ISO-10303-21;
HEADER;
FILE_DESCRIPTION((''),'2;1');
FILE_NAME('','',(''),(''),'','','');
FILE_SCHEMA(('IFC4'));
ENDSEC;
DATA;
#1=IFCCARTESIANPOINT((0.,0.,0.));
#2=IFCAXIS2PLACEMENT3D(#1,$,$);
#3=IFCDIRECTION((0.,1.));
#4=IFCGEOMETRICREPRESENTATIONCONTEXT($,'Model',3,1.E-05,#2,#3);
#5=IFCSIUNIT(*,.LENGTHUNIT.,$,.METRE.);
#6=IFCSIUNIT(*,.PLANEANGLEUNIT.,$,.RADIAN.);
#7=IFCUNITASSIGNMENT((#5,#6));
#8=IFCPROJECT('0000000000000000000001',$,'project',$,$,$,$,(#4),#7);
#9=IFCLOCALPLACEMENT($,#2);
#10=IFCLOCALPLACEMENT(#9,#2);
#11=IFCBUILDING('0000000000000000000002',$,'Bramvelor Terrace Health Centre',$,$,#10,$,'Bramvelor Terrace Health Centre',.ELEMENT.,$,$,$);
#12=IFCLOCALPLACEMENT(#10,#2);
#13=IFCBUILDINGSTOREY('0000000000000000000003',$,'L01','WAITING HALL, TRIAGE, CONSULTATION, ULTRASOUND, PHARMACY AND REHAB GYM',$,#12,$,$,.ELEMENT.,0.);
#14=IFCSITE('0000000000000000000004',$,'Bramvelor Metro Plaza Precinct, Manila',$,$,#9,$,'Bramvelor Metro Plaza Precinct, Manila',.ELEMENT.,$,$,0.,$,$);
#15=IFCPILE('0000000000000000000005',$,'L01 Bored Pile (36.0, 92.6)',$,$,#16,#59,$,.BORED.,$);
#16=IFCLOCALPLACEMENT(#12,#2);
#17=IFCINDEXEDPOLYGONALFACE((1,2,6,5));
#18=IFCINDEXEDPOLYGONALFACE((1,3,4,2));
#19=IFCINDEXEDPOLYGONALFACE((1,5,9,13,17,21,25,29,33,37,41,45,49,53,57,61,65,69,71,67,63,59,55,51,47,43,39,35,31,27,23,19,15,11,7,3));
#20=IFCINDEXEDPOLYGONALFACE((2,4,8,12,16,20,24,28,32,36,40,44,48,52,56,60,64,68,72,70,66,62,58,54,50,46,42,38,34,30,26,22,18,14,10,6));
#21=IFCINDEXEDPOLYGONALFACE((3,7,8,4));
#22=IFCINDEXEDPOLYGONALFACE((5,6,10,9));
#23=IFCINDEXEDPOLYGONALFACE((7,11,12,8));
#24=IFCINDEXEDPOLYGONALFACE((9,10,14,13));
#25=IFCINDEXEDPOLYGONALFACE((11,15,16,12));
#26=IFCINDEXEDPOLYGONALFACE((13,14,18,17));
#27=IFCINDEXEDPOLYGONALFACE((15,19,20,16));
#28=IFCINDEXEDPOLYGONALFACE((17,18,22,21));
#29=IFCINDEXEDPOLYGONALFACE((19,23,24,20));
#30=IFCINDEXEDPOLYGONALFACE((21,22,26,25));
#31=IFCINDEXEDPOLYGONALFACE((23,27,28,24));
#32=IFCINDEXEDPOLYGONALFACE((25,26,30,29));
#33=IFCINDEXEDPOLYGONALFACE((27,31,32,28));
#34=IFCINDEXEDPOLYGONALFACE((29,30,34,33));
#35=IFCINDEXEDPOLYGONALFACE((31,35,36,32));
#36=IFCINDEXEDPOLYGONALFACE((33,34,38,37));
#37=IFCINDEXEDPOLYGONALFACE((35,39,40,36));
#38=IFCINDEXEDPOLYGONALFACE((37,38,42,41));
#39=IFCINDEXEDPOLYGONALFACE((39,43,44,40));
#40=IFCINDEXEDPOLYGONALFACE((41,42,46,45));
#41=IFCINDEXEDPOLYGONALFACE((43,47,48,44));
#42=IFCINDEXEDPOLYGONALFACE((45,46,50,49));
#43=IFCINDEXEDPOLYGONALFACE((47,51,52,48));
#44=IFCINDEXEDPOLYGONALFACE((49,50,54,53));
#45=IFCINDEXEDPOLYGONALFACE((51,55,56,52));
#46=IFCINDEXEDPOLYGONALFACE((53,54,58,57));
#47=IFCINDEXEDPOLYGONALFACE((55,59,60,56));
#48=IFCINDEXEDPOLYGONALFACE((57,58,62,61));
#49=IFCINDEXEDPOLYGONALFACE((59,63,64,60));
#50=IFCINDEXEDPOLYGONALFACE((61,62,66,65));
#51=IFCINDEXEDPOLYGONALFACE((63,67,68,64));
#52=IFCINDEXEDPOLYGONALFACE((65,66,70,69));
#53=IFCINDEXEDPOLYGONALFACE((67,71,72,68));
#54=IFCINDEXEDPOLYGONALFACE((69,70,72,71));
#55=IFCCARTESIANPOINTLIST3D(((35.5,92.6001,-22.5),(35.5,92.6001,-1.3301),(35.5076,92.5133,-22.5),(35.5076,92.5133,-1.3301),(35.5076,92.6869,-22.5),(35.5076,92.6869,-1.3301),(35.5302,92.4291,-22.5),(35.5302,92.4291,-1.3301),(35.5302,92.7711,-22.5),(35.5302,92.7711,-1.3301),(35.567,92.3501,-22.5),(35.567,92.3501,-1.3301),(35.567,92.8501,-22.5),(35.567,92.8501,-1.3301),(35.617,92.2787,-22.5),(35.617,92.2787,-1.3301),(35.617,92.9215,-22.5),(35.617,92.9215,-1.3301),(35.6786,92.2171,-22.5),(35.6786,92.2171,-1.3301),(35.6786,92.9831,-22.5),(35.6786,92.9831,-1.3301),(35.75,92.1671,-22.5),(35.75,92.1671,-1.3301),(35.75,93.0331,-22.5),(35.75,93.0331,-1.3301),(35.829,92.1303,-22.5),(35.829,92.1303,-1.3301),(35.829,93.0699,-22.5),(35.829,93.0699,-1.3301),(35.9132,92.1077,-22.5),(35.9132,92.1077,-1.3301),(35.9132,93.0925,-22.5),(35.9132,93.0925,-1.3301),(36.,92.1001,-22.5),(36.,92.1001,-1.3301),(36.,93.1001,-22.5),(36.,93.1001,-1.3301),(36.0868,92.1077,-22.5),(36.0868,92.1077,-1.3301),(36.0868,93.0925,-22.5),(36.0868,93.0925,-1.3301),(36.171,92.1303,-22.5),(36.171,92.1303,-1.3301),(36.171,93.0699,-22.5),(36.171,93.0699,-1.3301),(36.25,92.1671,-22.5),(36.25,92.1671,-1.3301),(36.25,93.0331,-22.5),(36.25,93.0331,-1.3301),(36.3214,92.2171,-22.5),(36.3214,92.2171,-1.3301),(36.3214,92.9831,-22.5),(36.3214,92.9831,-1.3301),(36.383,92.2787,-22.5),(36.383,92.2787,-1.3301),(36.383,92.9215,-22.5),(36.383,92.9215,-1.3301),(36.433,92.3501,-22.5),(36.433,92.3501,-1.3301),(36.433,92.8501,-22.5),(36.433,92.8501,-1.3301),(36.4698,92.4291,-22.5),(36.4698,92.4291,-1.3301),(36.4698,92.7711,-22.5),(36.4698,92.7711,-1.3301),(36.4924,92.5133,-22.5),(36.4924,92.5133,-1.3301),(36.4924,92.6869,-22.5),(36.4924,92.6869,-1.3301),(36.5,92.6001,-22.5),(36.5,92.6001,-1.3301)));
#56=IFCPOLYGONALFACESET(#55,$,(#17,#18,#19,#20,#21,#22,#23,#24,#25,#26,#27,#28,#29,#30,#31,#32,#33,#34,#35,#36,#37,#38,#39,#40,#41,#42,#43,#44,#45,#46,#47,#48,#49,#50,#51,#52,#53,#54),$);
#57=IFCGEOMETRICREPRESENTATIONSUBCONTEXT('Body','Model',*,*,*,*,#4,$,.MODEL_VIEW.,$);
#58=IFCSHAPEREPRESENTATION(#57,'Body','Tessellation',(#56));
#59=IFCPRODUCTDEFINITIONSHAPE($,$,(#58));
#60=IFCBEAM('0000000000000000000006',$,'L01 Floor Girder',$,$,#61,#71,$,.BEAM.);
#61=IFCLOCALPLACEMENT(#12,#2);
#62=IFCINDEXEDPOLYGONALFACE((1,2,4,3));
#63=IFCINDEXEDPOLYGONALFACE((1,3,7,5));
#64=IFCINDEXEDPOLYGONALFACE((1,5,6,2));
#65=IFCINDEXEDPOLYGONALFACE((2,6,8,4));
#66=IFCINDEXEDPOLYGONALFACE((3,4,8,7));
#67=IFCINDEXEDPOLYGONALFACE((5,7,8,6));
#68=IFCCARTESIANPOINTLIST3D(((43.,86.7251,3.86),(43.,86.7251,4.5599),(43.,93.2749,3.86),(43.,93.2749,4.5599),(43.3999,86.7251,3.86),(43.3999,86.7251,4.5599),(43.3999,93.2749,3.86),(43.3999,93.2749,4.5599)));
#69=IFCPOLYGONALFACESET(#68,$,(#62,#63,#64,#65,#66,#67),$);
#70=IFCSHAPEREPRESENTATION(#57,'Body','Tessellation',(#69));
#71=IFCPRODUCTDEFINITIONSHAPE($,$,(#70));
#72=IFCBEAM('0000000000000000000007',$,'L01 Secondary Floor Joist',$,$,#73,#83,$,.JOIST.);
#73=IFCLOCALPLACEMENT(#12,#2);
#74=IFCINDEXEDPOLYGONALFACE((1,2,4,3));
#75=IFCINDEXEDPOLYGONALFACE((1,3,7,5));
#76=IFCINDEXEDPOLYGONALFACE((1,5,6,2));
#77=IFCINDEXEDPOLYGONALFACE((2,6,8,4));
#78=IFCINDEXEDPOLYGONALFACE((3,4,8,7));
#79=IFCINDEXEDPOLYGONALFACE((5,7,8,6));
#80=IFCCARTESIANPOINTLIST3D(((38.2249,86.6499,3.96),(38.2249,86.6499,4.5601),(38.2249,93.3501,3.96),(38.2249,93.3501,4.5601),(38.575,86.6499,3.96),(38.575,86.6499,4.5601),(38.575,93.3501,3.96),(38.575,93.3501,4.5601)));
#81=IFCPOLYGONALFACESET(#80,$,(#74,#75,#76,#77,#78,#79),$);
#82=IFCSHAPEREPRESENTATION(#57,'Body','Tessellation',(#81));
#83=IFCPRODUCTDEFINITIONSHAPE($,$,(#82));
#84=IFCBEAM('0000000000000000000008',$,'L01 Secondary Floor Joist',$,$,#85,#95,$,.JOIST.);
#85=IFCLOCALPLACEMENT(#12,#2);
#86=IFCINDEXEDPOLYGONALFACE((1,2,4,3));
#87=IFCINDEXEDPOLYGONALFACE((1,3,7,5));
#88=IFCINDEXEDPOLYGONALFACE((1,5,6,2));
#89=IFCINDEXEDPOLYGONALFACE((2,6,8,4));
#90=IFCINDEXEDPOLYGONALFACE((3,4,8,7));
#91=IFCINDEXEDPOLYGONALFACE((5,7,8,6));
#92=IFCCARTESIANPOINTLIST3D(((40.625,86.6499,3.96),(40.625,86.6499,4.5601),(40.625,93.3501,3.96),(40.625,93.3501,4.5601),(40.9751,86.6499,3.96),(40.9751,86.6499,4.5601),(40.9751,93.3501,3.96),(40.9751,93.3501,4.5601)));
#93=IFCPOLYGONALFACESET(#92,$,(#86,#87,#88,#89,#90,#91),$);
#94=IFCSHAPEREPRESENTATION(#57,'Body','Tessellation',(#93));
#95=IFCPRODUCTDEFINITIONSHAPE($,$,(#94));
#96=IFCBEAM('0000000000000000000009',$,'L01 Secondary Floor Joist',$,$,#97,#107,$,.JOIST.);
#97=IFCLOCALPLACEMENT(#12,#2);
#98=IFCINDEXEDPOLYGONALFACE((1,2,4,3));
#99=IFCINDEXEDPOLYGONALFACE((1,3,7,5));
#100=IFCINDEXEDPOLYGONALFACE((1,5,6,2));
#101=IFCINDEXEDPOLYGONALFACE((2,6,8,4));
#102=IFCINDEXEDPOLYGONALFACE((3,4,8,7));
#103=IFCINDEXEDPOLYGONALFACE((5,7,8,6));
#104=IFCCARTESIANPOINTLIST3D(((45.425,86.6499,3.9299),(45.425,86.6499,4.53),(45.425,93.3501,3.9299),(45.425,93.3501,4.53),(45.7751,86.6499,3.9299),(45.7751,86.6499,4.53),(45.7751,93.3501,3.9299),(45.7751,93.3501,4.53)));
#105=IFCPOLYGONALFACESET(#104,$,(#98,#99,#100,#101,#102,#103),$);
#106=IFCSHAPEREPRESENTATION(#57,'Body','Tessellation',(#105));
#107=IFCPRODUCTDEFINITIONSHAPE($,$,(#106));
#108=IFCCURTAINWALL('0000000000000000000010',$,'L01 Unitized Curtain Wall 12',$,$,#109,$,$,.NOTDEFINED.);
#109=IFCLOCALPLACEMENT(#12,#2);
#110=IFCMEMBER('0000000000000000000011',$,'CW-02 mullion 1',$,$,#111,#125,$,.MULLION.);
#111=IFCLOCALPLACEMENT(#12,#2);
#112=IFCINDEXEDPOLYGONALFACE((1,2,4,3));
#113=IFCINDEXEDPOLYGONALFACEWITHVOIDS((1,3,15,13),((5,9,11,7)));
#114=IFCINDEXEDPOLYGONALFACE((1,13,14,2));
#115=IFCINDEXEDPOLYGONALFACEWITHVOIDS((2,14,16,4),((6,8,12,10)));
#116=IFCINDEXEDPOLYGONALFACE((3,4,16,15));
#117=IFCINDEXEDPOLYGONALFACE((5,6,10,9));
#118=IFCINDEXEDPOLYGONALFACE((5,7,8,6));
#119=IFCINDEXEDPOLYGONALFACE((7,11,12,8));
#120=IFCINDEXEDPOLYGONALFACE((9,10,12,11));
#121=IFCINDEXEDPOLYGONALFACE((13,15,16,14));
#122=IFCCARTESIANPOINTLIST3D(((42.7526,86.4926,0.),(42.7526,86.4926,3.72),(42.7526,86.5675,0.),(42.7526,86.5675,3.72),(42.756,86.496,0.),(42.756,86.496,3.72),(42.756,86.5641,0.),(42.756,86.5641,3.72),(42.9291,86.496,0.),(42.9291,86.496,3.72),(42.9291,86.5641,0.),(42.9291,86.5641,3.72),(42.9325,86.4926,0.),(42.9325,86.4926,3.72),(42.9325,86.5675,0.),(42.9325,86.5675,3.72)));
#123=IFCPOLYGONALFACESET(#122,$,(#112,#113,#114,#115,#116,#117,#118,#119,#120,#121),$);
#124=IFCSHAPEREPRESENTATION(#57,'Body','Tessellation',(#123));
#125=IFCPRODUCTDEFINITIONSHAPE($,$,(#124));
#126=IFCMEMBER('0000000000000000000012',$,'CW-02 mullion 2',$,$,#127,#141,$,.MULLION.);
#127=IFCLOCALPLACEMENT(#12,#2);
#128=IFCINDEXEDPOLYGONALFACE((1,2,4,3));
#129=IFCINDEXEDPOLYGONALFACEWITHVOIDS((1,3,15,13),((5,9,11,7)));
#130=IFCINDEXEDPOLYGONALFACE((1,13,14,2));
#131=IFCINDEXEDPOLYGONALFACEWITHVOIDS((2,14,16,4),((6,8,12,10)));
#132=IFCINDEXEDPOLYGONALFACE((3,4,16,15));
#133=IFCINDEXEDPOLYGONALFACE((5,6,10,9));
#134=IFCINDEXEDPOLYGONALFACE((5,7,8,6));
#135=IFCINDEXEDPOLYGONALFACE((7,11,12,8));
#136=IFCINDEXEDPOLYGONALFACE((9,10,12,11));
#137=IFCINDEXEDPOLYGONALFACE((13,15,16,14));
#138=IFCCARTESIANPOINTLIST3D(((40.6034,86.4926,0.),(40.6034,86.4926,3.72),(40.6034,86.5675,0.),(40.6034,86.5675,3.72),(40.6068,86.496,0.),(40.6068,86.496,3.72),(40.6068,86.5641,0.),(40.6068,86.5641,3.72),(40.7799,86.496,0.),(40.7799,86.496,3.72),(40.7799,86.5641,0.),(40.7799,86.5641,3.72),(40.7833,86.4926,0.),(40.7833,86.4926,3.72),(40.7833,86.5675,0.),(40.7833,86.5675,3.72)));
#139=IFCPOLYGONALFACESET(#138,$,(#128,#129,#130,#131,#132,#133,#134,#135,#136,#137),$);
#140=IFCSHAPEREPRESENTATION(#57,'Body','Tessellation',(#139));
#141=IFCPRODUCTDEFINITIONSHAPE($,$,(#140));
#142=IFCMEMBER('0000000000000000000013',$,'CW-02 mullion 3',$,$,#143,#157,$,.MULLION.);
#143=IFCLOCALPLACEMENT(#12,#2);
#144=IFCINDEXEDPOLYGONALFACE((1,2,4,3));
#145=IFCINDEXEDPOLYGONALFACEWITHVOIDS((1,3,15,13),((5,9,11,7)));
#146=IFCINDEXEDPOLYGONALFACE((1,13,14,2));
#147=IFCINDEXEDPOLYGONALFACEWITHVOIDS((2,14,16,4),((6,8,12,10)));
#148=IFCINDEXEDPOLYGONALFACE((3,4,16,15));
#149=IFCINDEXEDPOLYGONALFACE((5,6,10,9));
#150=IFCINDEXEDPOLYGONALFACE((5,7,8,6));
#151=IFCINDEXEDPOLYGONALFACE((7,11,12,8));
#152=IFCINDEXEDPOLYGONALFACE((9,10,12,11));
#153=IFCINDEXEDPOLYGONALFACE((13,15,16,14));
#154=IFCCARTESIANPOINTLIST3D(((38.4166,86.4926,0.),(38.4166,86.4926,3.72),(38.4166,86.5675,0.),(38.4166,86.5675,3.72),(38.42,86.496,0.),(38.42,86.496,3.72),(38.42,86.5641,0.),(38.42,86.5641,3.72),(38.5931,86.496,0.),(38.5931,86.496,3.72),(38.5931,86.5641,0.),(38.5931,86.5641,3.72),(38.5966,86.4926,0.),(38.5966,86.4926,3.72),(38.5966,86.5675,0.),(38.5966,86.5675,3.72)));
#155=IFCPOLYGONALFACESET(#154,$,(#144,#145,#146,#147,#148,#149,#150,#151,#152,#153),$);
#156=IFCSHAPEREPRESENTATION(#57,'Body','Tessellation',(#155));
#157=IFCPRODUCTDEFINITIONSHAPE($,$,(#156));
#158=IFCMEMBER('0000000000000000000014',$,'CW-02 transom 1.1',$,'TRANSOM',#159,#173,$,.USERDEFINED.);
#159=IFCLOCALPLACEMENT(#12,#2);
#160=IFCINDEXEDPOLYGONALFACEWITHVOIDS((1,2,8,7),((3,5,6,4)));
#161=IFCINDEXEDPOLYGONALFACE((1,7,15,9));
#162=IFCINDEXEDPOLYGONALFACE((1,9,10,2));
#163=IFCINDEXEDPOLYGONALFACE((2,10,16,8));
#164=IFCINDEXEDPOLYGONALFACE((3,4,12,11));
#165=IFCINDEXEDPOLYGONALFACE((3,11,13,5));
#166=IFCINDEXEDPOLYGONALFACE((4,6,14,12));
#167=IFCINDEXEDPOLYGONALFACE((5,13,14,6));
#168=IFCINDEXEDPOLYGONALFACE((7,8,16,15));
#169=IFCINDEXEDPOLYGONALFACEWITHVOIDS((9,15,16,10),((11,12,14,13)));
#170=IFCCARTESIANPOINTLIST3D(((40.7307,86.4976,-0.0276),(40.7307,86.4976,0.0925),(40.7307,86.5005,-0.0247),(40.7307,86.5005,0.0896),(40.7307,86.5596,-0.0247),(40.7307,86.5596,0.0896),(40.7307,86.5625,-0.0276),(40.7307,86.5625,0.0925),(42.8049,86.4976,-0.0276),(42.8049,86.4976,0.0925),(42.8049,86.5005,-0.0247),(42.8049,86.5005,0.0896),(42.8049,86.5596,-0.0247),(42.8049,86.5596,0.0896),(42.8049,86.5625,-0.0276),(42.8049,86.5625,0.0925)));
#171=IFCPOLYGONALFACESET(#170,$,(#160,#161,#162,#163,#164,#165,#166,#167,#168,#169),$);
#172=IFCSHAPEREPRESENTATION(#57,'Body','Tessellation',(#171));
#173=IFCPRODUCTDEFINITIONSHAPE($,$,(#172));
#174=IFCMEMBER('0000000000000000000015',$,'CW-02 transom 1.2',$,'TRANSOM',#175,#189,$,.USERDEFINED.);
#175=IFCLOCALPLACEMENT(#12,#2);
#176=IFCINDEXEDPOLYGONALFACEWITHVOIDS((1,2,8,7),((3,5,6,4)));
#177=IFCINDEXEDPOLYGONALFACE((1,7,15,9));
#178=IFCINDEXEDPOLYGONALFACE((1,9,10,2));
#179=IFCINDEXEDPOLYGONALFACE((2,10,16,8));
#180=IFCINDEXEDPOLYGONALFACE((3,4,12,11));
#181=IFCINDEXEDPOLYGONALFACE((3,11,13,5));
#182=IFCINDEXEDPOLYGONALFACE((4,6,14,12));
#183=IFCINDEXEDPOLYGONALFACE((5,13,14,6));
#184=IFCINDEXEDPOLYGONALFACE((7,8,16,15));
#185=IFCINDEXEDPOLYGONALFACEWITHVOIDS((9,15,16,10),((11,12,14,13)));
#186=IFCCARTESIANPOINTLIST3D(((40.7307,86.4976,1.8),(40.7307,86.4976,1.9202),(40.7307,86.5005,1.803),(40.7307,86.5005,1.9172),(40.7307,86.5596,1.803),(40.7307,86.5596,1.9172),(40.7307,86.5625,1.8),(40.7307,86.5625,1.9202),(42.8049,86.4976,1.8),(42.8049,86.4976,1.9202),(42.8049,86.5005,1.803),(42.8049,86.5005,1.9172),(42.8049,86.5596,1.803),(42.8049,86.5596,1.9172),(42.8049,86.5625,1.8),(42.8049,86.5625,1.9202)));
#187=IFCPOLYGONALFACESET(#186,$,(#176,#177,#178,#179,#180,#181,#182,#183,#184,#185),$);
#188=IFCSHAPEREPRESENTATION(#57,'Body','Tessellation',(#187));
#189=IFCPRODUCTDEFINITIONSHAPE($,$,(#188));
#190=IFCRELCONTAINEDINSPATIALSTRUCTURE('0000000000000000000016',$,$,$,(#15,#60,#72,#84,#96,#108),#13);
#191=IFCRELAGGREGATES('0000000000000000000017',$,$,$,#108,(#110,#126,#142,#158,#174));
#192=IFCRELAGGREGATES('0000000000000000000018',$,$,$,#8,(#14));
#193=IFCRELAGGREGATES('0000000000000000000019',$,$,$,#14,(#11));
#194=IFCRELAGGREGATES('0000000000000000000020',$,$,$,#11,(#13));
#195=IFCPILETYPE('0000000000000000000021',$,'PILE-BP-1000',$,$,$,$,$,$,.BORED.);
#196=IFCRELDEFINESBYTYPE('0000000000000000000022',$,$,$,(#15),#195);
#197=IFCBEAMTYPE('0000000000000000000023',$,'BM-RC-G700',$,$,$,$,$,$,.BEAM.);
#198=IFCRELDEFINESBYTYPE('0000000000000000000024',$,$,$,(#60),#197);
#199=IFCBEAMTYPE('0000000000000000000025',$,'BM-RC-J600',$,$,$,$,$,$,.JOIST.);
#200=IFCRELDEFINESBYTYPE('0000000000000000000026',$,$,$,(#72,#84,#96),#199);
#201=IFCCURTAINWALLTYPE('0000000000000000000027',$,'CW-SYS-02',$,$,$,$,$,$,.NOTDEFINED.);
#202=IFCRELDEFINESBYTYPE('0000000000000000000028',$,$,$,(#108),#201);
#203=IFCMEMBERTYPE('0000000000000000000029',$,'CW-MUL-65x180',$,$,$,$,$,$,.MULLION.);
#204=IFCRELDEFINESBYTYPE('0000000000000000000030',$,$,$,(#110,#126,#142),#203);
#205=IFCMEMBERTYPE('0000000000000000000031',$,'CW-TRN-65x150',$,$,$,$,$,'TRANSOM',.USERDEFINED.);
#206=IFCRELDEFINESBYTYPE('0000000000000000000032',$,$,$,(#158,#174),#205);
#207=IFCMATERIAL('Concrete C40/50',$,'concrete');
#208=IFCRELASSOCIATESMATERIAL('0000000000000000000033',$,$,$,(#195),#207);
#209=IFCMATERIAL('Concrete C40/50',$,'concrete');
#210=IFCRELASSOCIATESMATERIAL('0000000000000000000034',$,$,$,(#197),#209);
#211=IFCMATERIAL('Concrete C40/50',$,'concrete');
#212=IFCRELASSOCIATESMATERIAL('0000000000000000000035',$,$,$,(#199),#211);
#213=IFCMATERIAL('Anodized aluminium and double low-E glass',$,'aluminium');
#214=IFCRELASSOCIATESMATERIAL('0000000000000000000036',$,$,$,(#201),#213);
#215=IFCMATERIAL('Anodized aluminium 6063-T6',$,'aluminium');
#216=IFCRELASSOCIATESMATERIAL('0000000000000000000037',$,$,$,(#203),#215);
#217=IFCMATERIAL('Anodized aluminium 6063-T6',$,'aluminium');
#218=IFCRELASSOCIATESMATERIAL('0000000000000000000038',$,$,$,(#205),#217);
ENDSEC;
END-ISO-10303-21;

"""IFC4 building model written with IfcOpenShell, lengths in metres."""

from ifc_helpers import new_model, si_unit, direction, frame, origin, origin_2d, place, context, subcontext, project, spatial, rectangle, hollow_rectangle, circle, extrude, material, material_profile, profile_set, type_object, element, aggregate, save


model = new_model("IFC4")

# Units and contexts
model_context = context("Model", 3, precision=1e-05, world=origin(), true_north=direction((0.0, 1.0)))
body_context = subcontext(model_context, "Body", "Model", "MODEL_VIEW")
ifc_project = project(units=[si_unit("LENGTHUNIT", "METRE"), si_unit("PLANEANGLEUNIT", "RADIAN")], contexts=[model_context])

# Site, building, storey
site_placement = place(None, origin())
site = spatial("IfcSite", under=ifc_project, at=site_placement, Name="Bramvelor Metro Plaza Precinct, Manila", LongName="Bramvelor Metro Plaza Precinct, Manila", CompositionType="ELEMENT", RefElevation=0.0)
building_placement = place(site_placement, origin())
building = spatial("IfcBuilding", under=site, at=building_placement, Name="Bramvelor Terrace Health Centre", LongName="Bramvelor Terrace Health Centre", CompositionType="ELEMENT")
storey_placement = place(building_placement, origin())
storey = spatial("IfcBuildingStorey", under=building, at=storey_placement, Name="L01", Description="WAITING HALL, TRIAGE, CONSULTATION, ULTRASOUND, PHARMACY AND REHAB GYM", CompositionType="ELEMENT", Elevation=0.0)

# Pile
ifc_material_1 = material(Name="Concrete C40/50", Category="concrete")
ifc_material_profile_1 = material_profile(ifc_material_1, circle(Radius=0.5, at=origin_2d()), Name="BP D1000")
ifc_profile_set_1 = profile_set([ifc_material_profile_1], Name="Concrete C40/50")
pile_type = type_object("IfcPileType", Name="PILE-BP-1000", PredefinedType="BORED", material=ifc_profile_set_1)
pile_placement = place(storey_placement, frame((36.0, 92.6001, -1.3301), z_axis=(0.0, 0.0, -1.0), x_axis=(1.0, 0.0, 0.0)))
element("IfcPile", 1, at=pile_placement, inside=storey, type_object=pile_type, Name="L01 Bored Pile (36.0, 92.6)", PredefinedType="BORED", context=body_context, shape_type="SweptSolid", body=[
    extrude(circle(Radius=0.5, at=origin_2d()), origin(), (0.0, 0.0, 1.0), 21.1699),
])

# Beams
ifc_material_2 = material(Name="Concrete C40/50", Category="concrete")
ifc_material_profile_2 = material_profile(ifc_material_2, rectangle(XDim=0.3999, YDim=0.7, at=origin_2d()), Name="RC 400x700")
ifc_profile_set_2 = profile_set([ifc_material_profile_2], Name="Concrete C40/50")
beam_type_1 = type_object("IfcBeamType", Name="BM-RC-G700", PredefinedType="BEAM", material=ifc_profile_set_2)
beam_placement = place(storey_placement, frame((43.2, 86.7251, 4.21), z_axis=(0.0, 1.0, 0.0), x_axis=(-1.0, 0.0, 0.0)))
element("IfcBeam", 2, at=beam_placement, inside=storey, type_object=beam_type_1, Name="L01 Floor Girder", PredefinedType="BEAM", context=body_context, shape_type="SweptSolid", body=[
    extrude(rectangle(XDim=0.3999, YDim=0.7, at=origin_2d()), origin(), (0.0, 0.0, 1.0), 6.5498),
])
ifc_material_3 = material(Name="Concrete C40/50", Category="concrete")
ifc_material_profile_3 = material_profile(ifc_material_3, rectangle(XDim=0.3501, YDim=0.6001, at=origin_2d()), Name="RC 350x600")
ifc_profile_set_3 = profile_set([ifc_material_profile_3], Name="Concrete C40/50")
beam_type_2 = type_object("IfcBeamType", Name="BM-RC-J600", PredefinedType="JOIST", material=ifc_profile_set_3)
for number, where, z_axis, x_axis, name in (
    (3, (38.3999, 86.6499, 4.26), (0.0, 1.0, 0.0), (-1.0, 0.0, 0.0), "L01 Secondary Floor Joist"),
    (4, (40.8, 86.6499, 4.26), (0.0, 1.0, 0.0), (-1.0, 0.0, 0.0), "L01 Secondary Floor Joist"),
    (5, (45.6001, 86.6499, 4.23), (0.0, 1.0, 0.0), (-1.0, 0.0, 0.0), "L01 Secondary Floor Joist"),
):
    element("IfcBeam", number, at=place(storey_placement, frame(where, z_axis=z_axis, x_axis=x_axis)), inside=storey, type_object=beam_type_2, Name=name, PredefinedType="JOIST", context=body_context, shape_type="SweptSolid", body=[
        extrude(rectangle(XDim=0.3501, YDim=0.6001, at=origin_2d()), origin(), (0.0, 0.0, 1.0), 6.7002),
    ])

# Curtain wall, members
ifc_material_4 = material(Name="Anodized aluminium and double low-E glass", Category="aluminium")
curtain_wall_type = type_object("IfcCurtainWallType", Name="CW-SYS-02", PredefinedType="NOTDEFINED", material=ifc_material_4)
curtain_wall_placement = place(storey_placement, origin())
curtain_wall = element("IfcCurtainWall", 6, at=curtain_wall_placement, inside=storey, type_object=curtain_wall_type, Name="L01 Unitized Curtain Wall 12", PredefinedType="NOTDEFINED")
ifc_material_5 = material(Name="Anodized aluminium 6063-T6", Category="aluminium")
ifc_material_profile_4 = material_profile(ifc_material_5, hollow_rectangle(XDim=0.075, YDim=0.1799, WallThickness=0.0034, at=origin_2d()), Name="ALU-MUL 75x180x3.5")
ifc_profile_set_4 = profile_set([ifc_material_profile_4], Name="Anodized aluminium 6063-T6")
member_type_1 = type_object("IfcMemberType", Name="CW-MUL-65x180", PredefinedType="MULLION", material=ifc_profile_set_4)
member_1_placement = place(storey_placement, frame((42.8425, 86.53, 0.0), z_axis=(0.0, 0.0, 1.0), x_axis=(0.0, -1.0, 0.0)))
member_1 = element("IfcMember", 7, at=member_1_placement, type_object=member_type_1, Name="CW-02 mullion 1", PredefinedType="MULLION", context=body_context, shape_type="SweptSolid", body=[
    extrude(hollow_rectangle(XDim=0.075, YDim=0.1799, WallThickness=0.0034, at=origin_2d()), origin(), (0.0, 0.0, 1.0), 3.72),
])
member_2_placement = place(storey_placement, frame((40.6934, 86.53, 0.0), z_axis=(0.0, 0.0, 1.0), x_axis=(0.0, -1.0, 0.0)))
member_2 = element("IfcMember", 8, at=member_2_placement, type_object=member_type_1, Name="CW-02 mullion 2", PredefinedType="MULLION", context=body_context, shape_type="SweptSolid", body=[
    extrude(hollow_rectangle(XDim=0.075, YDim=0.1799, WallThickness=0.0034, at=origin_2d()), origin(), (0.0, 0.0, 1.0), 3.72),
])
member_3_placement = place(storey_placement, frame((38.5066, 86.53, 0.0), z_axis=(0.0, 0.0, 1.0), x_axis=(0.0, -1.0, 0.0)))
member_3 = element("IfcMember", 9, at=member_3_placement, type_object=member_type_1, Name="CW-02 mullion 3", PredefinedType="MULLION", context=body_context, shape_type="SweptSolid", body=[
    extrude(hollow_rectangle(XDim=0.075, YDim=0.1799, WallThickness=0.0034, at=origin_2d()), origin(), (0.0, 0.0, 1.0), 3.72),
])
ifc_material_6 = material(Name="Anodized aluminium 6063-T6", Category="aluminium")
ifc_material_profile_5 = material_profile(ifc_material_6, hollow_rectangle(XDim=0.0649, YDim=0.1201, WallThickness=0.0029, at=origin_2d()), Name="ALU-TRN 65x120x3.0")
ifc_profile_set_5 = profile_set([ifc_material_profile_5], Name="Anodized aluminium 6063-T6")
member_type_2 = type_object("IfcMemberType", Name="CW-TRN-65x150", ElementType="TRANSOM", PredefinedType="USERDEFINED", material=ifc_profile_set_5)
member_4_placement = place(storey_placement, frame((42.8049, 86.53, 0.0325), z_axis=(-1.0, 0.0, 0.0), x_axis=(0.0, -1.0, 0.0)))
member_4 = element("IfcMember", 10, at=member_4_placement, type_object=member_type_2, Name="CW-02 transom 1.1", ObjectType="TRANSOM", PredefinedType="USERDEFINED", context=body_context, shape_type="SweptSolid", body=[
    extrude(hollow_rectangle(XDim=0.0649, YDim=0.1201, WallThickness=0.0029, at=origin_2d()), origin(), (0.0, 0.0, 1.0), 2.0742),
])
member_5_placement = place(storey_placement, frame((42.8049, 86.53, 1.8601), z_axis=(-1.0, 0.0, 0.0), x_axis=(0.0, -1.0, 0.0)))
member_5 = element("IfcMember", 11, at=member_5_placement, type_object=member_type_2, Name="CW-02 transom 1.2", ObjectType="TRANSOM", PredefinedType="USERDEFINED", context=body_context, shape_type="SweptSolid", body=[
    extrude(hollow_rectangle(XDim=0.0649, YDim=0.1201, WallThickness=0.0029, at=origin_2d()), origin(), (0.0, 0.0, 1.0), 2.0742),
])
aggregate(curtain_wall, [member_1, member_2, member_3, member_4, member_5])

save(model, "model.ifc")
